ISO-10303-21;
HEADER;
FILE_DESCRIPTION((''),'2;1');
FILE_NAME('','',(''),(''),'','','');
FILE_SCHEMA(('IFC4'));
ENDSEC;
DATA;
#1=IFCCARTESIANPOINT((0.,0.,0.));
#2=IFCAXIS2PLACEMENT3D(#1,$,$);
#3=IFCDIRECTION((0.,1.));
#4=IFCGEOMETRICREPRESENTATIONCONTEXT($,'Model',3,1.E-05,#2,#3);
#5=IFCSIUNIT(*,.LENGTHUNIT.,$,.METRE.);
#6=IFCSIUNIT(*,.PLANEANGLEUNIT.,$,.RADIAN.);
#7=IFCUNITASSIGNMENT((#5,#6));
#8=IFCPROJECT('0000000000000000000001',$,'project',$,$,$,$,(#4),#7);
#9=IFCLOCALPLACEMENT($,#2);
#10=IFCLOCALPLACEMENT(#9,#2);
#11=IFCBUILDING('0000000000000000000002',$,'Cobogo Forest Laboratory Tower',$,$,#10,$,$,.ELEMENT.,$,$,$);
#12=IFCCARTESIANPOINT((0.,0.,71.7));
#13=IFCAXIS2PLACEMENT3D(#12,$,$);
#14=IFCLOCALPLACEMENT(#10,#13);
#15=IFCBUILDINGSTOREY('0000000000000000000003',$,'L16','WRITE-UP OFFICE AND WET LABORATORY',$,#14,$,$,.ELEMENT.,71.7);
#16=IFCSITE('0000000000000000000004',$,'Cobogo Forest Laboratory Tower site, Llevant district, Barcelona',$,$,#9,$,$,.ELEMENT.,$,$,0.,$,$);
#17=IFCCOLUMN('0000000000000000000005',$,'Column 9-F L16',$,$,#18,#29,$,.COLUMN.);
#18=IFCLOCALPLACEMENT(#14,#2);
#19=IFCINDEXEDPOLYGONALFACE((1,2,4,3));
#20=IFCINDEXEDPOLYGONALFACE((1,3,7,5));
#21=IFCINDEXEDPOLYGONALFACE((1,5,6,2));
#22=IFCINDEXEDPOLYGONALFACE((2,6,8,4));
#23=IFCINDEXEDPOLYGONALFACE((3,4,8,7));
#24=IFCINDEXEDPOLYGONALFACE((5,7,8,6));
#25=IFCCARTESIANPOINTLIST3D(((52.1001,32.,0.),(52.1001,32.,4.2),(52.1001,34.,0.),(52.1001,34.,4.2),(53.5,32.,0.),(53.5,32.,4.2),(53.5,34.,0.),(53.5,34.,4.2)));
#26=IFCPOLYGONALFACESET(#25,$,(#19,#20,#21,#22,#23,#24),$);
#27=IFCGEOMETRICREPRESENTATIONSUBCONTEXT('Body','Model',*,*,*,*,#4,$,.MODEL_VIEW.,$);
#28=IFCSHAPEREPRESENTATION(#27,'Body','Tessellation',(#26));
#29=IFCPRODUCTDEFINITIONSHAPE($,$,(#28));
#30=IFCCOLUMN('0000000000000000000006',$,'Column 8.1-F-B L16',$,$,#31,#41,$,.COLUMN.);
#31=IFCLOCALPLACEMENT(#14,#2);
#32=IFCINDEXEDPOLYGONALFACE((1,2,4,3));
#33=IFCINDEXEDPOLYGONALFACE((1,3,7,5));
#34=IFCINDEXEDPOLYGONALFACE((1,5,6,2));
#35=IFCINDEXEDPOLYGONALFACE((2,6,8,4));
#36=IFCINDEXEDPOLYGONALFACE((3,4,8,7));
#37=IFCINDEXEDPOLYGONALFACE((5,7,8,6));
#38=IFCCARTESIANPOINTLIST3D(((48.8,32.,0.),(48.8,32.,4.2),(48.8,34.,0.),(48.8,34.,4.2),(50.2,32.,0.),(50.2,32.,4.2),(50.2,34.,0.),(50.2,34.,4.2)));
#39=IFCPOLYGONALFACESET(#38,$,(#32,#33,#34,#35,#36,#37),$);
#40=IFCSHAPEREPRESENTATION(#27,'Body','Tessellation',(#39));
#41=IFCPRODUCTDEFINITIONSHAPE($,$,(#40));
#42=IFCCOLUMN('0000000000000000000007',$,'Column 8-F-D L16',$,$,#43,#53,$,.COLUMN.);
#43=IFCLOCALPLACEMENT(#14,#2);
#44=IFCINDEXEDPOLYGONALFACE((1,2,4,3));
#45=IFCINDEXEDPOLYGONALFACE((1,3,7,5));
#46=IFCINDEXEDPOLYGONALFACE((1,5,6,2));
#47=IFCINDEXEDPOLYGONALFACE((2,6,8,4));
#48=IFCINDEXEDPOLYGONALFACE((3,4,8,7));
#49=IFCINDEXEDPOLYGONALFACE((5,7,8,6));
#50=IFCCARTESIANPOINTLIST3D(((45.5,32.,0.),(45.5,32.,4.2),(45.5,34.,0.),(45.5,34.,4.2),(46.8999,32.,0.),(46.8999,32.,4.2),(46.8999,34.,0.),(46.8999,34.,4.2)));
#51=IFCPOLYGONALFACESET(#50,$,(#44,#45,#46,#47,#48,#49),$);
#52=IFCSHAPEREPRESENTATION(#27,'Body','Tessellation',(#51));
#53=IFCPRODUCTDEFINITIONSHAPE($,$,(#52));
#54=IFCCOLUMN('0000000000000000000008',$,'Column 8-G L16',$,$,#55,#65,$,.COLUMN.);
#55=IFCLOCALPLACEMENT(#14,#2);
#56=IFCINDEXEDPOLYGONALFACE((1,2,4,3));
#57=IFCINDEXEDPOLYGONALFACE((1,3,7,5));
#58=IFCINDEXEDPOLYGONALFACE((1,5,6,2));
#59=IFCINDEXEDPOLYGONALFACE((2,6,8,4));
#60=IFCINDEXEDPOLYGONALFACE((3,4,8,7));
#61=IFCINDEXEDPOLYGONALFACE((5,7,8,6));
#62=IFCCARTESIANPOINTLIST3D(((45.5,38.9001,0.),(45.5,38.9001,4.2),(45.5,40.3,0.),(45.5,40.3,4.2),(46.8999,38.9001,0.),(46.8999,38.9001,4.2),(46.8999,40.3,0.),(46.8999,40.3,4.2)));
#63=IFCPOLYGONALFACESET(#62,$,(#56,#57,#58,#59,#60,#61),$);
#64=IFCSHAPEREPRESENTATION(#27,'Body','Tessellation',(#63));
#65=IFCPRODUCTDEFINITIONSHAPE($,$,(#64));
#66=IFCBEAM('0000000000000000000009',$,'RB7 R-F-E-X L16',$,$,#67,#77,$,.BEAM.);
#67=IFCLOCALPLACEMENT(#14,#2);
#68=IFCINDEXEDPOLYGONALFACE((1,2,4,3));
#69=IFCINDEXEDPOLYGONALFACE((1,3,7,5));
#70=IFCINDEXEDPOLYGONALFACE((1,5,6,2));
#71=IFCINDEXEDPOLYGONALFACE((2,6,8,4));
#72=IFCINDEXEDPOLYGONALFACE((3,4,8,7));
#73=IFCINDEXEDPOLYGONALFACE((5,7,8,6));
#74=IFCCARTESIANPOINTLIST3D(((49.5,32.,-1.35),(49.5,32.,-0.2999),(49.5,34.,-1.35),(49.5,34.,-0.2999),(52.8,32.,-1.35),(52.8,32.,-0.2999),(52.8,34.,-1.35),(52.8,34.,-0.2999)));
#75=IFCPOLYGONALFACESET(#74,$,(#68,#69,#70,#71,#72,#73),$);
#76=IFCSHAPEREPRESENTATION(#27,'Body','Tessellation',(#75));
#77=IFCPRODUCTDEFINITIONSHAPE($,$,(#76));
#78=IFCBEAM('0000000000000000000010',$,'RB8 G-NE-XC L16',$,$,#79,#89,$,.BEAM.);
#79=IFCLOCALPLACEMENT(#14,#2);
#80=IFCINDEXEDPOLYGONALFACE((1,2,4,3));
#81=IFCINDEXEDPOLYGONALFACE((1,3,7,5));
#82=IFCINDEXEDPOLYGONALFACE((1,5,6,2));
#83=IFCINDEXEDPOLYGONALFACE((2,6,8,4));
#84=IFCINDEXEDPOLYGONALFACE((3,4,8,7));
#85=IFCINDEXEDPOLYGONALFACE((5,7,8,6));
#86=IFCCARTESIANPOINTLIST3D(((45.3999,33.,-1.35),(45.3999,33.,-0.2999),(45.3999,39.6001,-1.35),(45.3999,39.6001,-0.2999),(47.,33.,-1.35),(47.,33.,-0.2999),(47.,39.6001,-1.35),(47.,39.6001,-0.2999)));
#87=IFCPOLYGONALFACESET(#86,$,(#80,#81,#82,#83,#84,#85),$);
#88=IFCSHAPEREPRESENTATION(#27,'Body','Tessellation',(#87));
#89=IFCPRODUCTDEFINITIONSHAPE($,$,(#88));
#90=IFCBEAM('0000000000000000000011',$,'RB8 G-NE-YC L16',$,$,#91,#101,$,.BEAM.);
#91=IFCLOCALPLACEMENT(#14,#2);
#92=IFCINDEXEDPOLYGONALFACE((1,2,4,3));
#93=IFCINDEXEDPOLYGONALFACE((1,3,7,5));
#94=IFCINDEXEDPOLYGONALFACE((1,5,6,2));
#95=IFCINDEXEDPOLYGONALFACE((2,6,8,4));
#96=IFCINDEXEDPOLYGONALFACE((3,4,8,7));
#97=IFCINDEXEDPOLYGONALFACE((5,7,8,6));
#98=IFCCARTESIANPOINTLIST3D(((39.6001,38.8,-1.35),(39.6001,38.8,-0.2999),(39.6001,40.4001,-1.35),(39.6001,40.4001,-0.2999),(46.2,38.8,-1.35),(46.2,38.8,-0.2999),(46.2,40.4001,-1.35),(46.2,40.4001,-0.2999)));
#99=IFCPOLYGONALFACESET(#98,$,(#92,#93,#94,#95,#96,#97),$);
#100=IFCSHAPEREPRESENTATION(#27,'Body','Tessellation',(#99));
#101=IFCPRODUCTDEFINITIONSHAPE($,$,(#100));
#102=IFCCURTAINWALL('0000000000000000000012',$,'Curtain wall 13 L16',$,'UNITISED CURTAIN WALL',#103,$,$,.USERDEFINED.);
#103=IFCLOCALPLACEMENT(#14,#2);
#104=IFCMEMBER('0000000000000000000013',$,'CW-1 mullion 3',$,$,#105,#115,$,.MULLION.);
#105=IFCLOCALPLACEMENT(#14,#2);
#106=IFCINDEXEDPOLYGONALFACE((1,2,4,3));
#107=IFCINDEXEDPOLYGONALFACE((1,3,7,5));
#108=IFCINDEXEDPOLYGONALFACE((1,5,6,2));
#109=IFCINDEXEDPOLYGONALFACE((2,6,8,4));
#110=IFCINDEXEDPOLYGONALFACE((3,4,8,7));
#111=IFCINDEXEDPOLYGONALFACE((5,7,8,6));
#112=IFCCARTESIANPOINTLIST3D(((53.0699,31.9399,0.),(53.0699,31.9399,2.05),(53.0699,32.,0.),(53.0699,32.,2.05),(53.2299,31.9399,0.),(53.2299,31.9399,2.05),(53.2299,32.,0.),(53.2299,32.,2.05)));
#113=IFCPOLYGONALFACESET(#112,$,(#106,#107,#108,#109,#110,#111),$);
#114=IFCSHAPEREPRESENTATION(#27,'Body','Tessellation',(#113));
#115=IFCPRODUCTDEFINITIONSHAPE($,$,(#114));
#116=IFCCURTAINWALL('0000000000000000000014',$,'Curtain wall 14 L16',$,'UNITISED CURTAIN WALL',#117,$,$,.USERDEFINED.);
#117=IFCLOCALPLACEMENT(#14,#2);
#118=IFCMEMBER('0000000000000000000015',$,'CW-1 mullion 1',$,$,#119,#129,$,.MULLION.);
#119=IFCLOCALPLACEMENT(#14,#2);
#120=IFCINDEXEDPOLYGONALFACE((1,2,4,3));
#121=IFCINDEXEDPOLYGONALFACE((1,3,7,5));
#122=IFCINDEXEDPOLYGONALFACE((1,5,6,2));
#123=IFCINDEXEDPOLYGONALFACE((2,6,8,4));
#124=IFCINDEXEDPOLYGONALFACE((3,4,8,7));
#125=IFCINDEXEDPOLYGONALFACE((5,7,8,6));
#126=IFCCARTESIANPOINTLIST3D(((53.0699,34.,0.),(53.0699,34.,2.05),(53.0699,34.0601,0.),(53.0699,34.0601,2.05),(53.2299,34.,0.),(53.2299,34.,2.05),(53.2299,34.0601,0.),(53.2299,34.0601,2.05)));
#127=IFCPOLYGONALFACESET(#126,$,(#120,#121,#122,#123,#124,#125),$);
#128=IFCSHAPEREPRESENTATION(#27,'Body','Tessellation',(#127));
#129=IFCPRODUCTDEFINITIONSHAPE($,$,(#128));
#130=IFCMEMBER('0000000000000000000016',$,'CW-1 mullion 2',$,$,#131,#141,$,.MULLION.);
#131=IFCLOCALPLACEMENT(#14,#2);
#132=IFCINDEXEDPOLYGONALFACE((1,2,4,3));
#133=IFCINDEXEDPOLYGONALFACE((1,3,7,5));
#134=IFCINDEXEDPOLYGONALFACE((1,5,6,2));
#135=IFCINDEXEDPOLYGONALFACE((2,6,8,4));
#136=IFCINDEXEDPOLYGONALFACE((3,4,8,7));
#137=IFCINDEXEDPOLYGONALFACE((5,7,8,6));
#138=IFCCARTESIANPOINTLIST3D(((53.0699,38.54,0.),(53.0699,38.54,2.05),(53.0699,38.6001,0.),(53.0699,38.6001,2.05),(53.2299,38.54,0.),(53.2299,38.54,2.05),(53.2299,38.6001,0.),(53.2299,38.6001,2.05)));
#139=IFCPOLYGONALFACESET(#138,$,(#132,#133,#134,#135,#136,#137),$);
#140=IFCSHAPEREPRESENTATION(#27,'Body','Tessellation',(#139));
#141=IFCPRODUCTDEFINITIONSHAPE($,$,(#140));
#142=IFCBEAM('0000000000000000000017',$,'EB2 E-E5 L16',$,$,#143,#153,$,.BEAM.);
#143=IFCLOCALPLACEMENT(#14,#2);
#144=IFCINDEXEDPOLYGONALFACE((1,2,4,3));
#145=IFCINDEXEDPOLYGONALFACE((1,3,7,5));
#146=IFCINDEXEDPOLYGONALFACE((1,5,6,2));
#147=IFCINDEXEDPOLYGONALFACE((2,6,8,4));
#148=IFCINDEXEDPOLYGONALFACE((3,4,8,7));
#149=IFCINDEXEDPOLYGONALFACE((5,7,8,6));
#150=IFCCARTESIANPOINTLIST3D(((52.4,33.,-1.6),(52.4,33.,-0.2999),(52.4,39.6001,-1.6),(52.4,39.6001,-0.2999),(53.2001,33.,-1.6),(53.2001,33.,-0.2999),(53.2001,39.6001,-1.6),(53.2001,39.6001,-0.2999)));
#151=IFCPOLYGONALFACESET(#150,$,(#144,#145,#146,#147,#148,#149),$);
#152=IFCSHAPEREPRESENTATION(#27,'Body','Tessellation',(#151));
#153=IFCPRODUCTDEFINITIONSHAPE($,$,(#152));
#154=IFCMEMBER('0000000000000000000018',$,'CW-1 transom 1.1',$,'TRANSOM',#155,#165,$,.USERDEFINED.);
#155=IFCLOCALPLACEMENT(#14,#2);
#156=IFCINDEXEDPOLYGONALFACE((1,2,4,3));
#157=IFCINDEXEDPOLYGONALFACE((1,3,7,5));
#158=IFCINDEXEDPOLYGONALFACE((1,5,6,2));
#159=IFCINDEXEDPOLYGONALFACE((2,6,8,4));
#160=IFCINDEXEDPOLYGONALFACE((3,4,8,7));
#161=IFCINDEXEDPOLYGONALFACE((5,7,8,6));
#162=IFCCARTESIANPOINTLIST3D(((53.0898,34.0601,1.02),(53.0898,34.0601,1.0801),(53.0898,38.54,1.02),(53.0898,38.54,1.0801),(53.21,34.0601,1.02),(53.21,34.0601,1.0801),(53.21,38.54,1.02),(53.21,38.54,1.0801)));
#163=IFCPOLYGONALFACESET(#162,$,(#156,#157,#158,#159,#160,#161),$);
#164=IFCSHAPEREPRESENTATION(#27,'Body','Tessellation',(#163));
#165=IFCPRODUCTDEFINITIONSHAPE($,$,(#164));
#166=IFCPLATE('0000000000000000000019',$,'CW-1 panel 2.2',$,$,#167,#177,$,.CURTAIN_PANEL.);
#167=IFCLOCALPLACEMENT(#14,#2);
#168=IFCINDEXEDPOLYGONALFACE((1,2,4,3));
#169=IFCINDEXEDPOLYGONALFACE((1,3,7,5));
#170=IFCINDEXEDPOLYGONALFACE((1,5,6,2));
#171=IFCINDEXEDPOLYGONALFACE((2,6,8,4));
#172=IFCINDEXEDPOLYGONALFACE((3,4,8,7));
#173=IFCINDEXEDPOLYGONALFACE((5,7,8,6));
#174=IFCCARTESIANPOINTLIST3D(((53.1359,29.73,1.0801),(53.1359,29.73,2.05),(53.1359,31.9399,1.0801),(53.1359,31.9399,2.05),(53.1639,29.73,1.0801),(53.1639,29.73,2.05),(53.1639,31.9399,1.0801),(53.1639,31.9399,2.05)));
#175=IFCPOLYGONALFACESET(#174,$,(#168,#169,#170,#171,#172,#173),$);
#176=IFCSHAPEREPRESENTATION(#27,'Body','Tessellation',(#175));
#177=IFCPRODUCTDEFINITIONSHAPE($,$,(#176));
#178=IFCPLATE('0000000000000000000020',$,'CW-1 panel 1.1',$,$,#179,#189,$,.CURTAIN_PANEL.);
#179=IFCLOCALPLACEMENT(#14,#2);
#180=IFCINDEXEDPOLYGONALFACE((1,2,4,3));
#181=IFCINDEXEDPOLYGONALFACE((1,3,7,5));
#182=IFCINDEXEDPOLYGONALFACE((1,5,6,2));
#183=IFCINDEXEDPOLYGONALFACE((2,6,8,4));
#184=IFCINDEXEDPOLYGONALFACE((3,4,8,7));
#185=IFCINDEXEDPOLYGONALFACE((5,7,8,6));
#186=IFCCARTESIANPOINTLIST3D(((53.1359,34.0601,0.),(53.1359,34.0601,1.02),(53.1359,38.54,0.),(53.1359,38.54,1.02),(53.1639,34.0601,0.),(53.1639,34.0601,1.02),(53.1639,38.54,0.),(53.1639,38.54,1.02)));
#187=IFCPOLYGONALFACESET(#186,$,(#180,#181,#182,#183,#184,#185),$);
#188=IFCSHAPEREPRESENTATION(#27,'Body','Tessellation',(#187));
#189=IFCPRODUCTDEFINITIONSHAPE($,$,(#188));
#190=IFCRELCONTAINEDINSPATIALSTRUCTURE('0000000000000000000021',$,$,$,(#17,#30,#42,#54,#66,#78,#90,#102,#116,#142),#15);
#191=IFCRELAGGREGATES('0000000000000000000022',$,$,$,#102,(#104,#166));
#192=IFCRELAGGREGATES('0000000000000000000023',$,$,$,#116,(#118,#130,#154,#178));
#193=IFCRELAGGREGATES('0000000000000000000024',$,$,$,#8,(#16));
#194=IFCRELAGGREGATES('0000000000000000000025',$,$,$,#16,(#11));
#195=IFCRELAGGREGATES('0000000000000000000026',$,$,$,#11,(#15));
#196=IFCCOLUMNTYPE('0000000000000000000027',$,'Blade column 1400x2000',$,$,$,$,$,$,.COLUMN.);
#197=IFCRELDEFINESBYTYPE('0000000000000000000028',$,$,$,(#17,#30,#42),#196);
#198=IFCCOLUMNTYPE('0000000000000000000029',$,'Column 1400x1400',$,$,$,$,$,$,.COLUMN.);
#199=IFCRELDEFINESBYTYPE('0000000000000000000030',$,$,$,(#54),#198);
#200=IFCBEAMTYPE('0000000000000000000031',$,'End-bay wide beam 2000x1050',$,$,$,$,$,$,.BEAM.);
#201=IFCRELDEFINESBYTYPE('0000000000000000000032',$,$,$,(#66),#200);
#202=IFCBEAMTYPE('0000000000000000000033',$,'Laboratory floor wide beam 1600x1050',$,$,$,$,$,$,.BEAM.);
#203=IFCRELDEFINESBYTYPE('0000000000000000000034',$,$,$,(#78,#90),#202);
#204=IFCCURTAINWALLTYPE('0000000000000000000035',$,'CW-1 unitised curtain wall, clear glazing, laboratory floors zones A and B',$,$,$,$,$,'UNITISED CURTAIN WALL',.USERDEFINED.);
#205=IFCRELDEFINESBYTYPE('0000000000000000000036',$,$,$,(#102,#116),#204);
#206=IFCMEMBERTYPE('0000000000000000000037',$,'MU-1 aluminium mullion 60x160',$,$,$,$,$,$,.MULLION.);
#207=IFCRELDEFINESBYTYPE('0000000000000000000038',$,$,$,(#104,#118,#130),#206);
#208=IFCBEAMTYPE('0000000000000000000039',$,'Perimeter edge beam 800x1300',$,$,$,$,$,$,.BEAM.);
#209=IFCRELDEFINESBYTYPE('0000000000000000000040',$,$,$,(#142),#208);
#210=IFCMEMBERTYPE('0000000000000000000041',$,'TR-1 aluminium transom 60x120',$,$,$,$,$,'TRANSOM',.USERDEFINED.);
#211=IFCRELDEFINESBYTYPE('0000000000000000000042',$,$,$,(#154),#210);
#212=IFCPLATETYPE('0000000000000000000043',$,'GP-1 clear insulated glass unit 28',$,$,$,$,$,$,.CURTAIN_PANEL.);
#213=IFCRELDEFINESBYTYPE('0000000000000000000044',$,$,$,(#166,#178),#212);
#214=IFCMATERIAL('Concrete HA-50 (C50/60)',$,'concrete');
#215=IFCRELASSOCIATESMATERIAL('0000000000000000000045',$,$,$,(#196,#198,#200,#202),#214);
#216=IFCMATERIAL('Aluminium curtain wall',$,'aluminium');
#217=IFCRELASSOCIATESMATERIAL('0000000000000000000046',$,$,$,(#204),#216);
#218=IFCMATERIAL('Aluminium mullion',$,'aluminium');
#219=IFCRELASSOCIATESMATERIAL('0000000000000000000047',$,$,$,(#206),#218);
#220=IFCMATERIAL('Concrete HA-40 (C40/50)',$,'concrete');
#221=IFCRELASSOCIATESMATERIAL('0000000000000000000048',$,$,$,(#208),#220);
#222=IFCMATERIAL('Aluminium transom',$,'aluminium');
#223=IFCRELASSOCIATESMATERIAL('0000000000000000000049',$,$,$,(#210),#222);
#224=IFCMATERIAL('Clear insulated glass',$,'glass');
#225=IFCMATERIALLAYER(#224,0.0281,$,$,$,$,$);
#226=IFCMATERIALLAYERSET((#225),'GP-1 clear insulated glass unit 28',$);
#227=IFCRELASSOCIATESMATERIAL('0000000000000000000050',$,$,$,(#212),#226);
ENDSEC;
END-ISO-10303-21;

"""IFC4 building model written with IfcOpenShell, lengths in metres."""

from ifc_helpers import new_model, si_unit, direction, frame, origin, origin_2d, place, context, subcontext, project, spatial, rectangle, extrude, material, layer, layer_set, material_profile, profile_set, type_object, element, aggregate, save


model = new_model("IFC4")

# Units and contexts
model_context = context("Model", 3, precision=1e-05, world=origin(), true_north=direction((0.0, 1.0)))
body_context = subcontext(model_context, "Body", "Model", "MODEL_VIEW")
ifc_project = project(units=[si_unit("LENGTHUNIT", "METRE"), si_unit("PLANEANGLEUNIT", "RADIAN")], contexts=[model_context])

# Site, building, storey
site_placement = place(None, origin())
site = spatial("IfcSite", under=ifc_project, at=site_placement, Name="Cobogo Forest Laboratory Tower site, Llevant district, Barcelona", CompositionType="ELEMENT", RefElevation=0.0)
building_placement = place(site_placement, origin())
building = spatial("IfcBuilding", under=site, at=building_placement, Name="Cobogo Forest Laboratory Tower", CompositionType="ELEMENT")
storey_placement = place(building_placement, frame((0.0, 0.0, 71.7)))
storey = spatial("IfcBuildingStorey", under=building, at=storey_placement, Name="L16", Description="WRITE-UP OFFICE AND WET LABORATORY", CompositionType="ELEMENT", Elevation=71.7)

# Columns
ifc_material_1 = material(Name="Concrete HA-50 (C50/60)", Category="concrete")
ifc_material_profile_1 = material_profile(ifc_material_1, rectangle(XDim=2.0, YDim=1.3999, at=origin_2d()), Name="RC 1400x2000")
ifc_profile_set_1 = profile_set([ifc_material_profile_1], Name="Concrete HA-50 (C50/60)")
column_type_1 = type_object("IfcColumnType", Name="Blade column 1400x2000", PredefinedType="COLUMN", material=ifc_profile_set_1)
for number, where, z_axis, x_axis, name in (
    (1, (52.8, 33.0, 0.0), (0.0, 0.0, 1.0), (0.0, 1.0, 0.0), "Column 9-F L16"),
    (2, (49.5, 33.0, 0.0), (0.0, 0.0, 1.0), (0.0, 1.0, 0.0), "Column 8.1-F-B L16"),
    (3, (46.2, 33.0, 0.0), (0.0, 0.0, 1.0), (0.0, 1.0, 0.0), "Column 8-F-D L16"),
):
    element("IfcColumn", number, at=place(storey_placement, frame(where, z_axis=z_axis, x_axis=x_axis)), inside=storey, type_object=column_type_1, Name=name, PredefinedType="COLUMN", context=body_context, shape_type="SweptSolid", body=[
        extrude(rectangle(XDim=2.0, YDim=1.3999, at=origin_2d()), origin(), (0.0, 0.0, 1.0), 4.2),
    ])
ifc_material_profile_2 = material_profile(ifc_material_1, rectangle(XDim=1.3999, YDim=1.3999, at=origin_2d()), Name="RC 1400x1400")
ifc_profile_set_2 = profile_set([ifc_material_profile_2], Name="Concrete HA-50 (C50/60)")
column_type_2 = type_object("IfcColumnType", Name="Column 1400x1400", PredefinedType="COLUMN", material=ifc_profile_set_2)
column_placement = place(storey_placement, frame((46.2, 39.6001, 0.0), z_axis=(0.0, 0.0, 1.0), x_axis=(1.0, 0.0, 0.0)))
element("IfcColumn", 4, at=column_placement, inside=storey, type_object=column_type_2, Name="Column 8-G L16", PredefinedType="COLUMN", context=body_context, shape_type="SweptSolid", body=[
    extrude(rectangle(XDim=1.3999, YDim=1.3999, at=origin_2d()), origin(), (0.0, 0.0, 1.0), 4.2),
])

# Beams
ifc_material_profile_3 = material_profile(ifc_material_1, rectangle(XDim=2.0, YDim=1.05, at=origin_2d()), Name="RC 2000x1050")
ifc_profile_set_3 = profile_set([ifc_material_profile_3], Name="Concrete HA-50 (C50/60)")
beam_type_1 = type_object("IfcBeamType", Name="End-bay wide beam 2000x1050", PredefinedType="BEAM", material=ifc_profile_set_3)
beam_1_placement = place(storey_placement, frame((52.8, 33.0, -0.825), z_axis=(-1.0, 0.0, 0.0), x_axis=(0.0, -1.0, 0.0)))
element("IfcBeam", 5, at=beam_1_placement, inside=storey, type_object=beam_type_1, Name="RB7 R-F-E-X L16", PredefinedType="BEAM", context=body_context, shape_type="SweptSolid", body=[
    extrude(rectangle(XDim=2.0, YDim=1.05, at=origin_2d()), origin(), (0.0, 0.0, 1.0), 3.3),
])
ifc_material_profile_4 = material_profile(ifc_material_1, rectangle(XDim=1.6001, YDim=1.05, at=origin_2d()), Name="RC 1600x1050")
ifc_profile_set_4 = profile_set([ifc_material_profile_4], Name="Concrete HA-50 (C50/60)")
beam_type_2 = type_object("IfcBeamType", Name="Laboratory floor wide beam 1600x1050", PredefinedType="BEAM", material=ifc_profile_set_4)
beam_2_placement = place(storey_placement, frame((46.2, 39.6001, -0.825), z_axis=(0.0, -1.0, 0.0), x_axis=(1.0, 0.0, 0.0)))
element("IfcBeam", 6, at=beam_2_placement, inside=storey, type_object=beam_type_2, Name="RB8 G-NE-XC L16", PredefinedType="BEAM", context=body_context, shape_type="SweptSolid", body=[
    extrude(rectangle(XDim=1.6001, YDim=1.05, at=origin_2d()), origin(), (0.0, 0.0, 1.0), 6.6001),
])
beam_3_placement = place(storey_placement, frame((46.2, 39.6001, -0.825), z_axis=(-1.0, 0.0, 0.0), x_axis=(0.0, -1.0, 0.0)))
element("IfcBeam", 7, at=beam_3_placement, inside=storey, type_object=beam_type_2, Name="RB8 G-NE-YC L16", PredefinedType="BEAM", context=body_context, shape_type="SweptSolid", body=[
    extrude(rectangle(XDim=1.6001, YDim=1.05, at=origin_2d()), origin(), (0.0, 0.0, 1.0), 6.5999),
])

# Curtain wall, member
ifc_material_2 = material(Name="Aluminium curtain wall", Category="aluminium")
curtain_wall_type = type_object("IfcCurtainWallType", Name="CW-1 unitised curtain wall, clear glazing, laboratory floors zones A and B", ElementType="UNITISED CURTAIN WALL", PredefinedType="USERDEFINED", material=ifc_material_2)
curtain_wall_1_placement = place(storey_placement, origin())
curtain_wall_1 = element("IfcCurtainWall", 8, at=curtain_wall_1_placement, inside=storey, type_object=curtain_wall_type, Name="Curtain wall 13 L16", ObjectType="UNITISED CURTAIN WALL", PredefinedType="USERDEFINED")
ifc_material_3 = material(Name="Aluminium mullion", Category="aluminium")
ifc_material_profile_5 = material_profile(ifc_material_3, rectangle(XDim=0.0601, YDim=0.1599, at=origin_2d()), Name="AL 60x160")
ifc_profile_set_5 = profile_set([ifc_material_profile_5], Name="Aluminium mullion")
member_type_1 = type_object("IfcMemberType", Name="MU-1 aluminium mullion 60x160", PredefinedType="MULLION", material=ifc_profile_set_5)
member_1_placement = place(storey_placement, frame((53.1499, 31.97, 0.0), z_axis=(0.0, 0.0, 1.0), x_axis=(0.0, 1.0, 0.0)))
member_1 = element("IfcMember", 9, at=member_1_placement, type_object=member_type_1, Name="CW-1 mullion 3", PredefinedType="MULLION", context=body_context, shape_type="SweptSolid", body=[
    extrude(rectangle(XDim=0.0601, YDim=0.1599, at=origin_2d()), origin(), (0.0, 0.0, 1.0), 2.05),
])

# Curtain wall, members
curtain_wall_2_placement = place(storey_placement, origin())
curtain_wall_2 = element("IfcCurtainWall", 10, at=curtain_wall_2_placement, inside=storey, type_object=curtain_wall_type, Name="Curtain wall 14 L16", ObjectType="UNITISED CURTAIN WALL", PredefinedType="USERDEFINED")
member_2_placement = place(storey_placement, frame((53.1499, 34.03, 0.0), z_axis=(0.0, 0.0, 1.0), x_axis=(0.0, 1.0, 0.0)))
member_2 = element("IfcMember", 11, at=member_2_placement, type_object=member_type_1, Name="CW-1 mullion 1", PredefinedType="MULLION", context=body_context, shape_type="SweptSolid", body=[
    extrude(rectangle(XDim=0.0601, YDim=0.1599, at=origin_2d()), origin(), (0.0, 0.0, 1.0), 2.05),
])
member_3_placement = place(storey_placement, frame((53.1499, 38.5701, 0.0), z_axis=(0.0, 0.0, 1.0), x_axis=(0.0, 1.0, 0.0)))
member_3 = element("IfcMember", 12, at=member_3_placement, type_object=member_type_1, Name="CW-1 mullion 2", PredefinedType="MULLION", context=body_context, shape_type="SweptSolid", body=[
    extrude(rectangle(XDim=0.0601, YDim=0.1599, at=origin_2d()), origin(), (0.0, 0.0, 1.0), 2.05),
])

# Beam
ifc_material_4 = material(Name="Concrete HA-40 (C40/50)", Category="concrete")
ifc_material_profile_6 = material_profile(ifc_material_4, rectangle(XDim=0.8, YDim=1.3, at=origin_2d()), Name="RC 800x1300")
ifc_profile_set_6 = profile_set([ifc_material_profile_6], Name="Concrete HA-40 (C40/50)")
beam_type_3 = type_object("IfcBeamType", Name="Perimeter edge beam 800x1300", PredefinedType="BEAM", material=ifc_profile_set_6)
beam_4_placement = place(storey_placement, frame((52.8, 33.0, -0.95), z_axis=(0.0, 1.0, 0.0), x_axis=(-1.0, 0.0, 0.0)))
element("IfcBeam", 13, at=beam_4_placement, inside=storey, type_object=beam_type_3, Name="EB2 E-E5 L16", PredefinedType="BEAM", context=body_context, shape_type="SweptSolid", body=[
    extrude(rectangle(XDim=0.8, YDim=1.3, at=origin_2d()), origin(), (0.0, 0.0, 1.0), 6.6001),
])

# Member
ifc_material_5 = material(Name="Aluminium transom", Category="aluminium")
ifc_material_profile_7 = material_profile(ifc_material_5, rectangle(XDim=0.1201, YDim=0.0601, at=origin_2d()), Name="AL 60x120")
ifc_profile_set_7 = profile_set([ifc_material_profile_7], Name="Aluminium transom")
member_type_2 = type_object("IfcMemberType", Name="TR-1 aluminium transom 60x120", ElementType="TRANSOM", PredefinedType="USERDEFINED", material=ifc_profile_set_7)
member_4_placement = place(storey_placement, frame((53.1499, 34.0601, 1.05), z_axis=(0.0, 1.0, 0.0), x_axis=(-1.0, 0.0, 0.0)))
member_4 = element("IfcMember", 14, at=member_4_placement, type_object=member_type_2, Name="CW-1 transom 1.1", ObjectType="TRANSOM", PredefinedType="USERDEFINED", context=body_context, shape_type="SweptSolid", body=[
    extrude(rectangle(XDim=0.1201, YDim=0.0601, at=origin_2d()), origin(), (0.0, 0.0, 1.0), 4.48),
])

# Plates
ifc_material_6 = material(Name="Clear insulated glass", Category="glass")
ifc_layer_1 = layer(ifc_material_6, 0.0281)
ifc_layer_set_1 = layer_set([ifc_layer_1], Name="GP-1 clear insulated glass unit 28")
plate_type_1 = type_object("IfcPlateType", Name="GP-1 clear insulated glass unit 28", PredefinedType="CURTAIN_PANEL", material=ifc_layer_set_1)
plate_1_placement = place(storey_placement, frame((53.1499, 30.835, 1.0801), z_axis=(0.0, 0.0, 1.0), x_axis=(0.0, 1.0, 0.0)))
plate_1 = element("IfcPlate", 15, at=plate_1_placement, type_object=plate_type_1, Name="CW-1 panel 2.2", PredefinedType="CURTAIN_PANEL", context=body_context, shape_type="SweptSolid", body=[
    extrude(rectangle(XDim=2.21, YDim=0.0281, at=origin_2d()), origin(), (0.0, 0.0, 1.0), 0.97),
])
aggregate(curtain_wall_1, [member_1, plate_1])
plate_2_placement = place(storey_placement, frame((53.1499, 36.3, 0.0), z_axis=(0.0, 0.0, 1.0), x_axis=(0.0, 1.0, 0.0)))
plate_2 = element("IfcPlate", 16, at=plate_2_placement, type_object=plate_type_1, Name="CW-1 panel 1.1", PredefinedType="CURTAIN_PANEL", context=body_context, shape_type="SweptSolid", body=[
    extrude(rectangle(XDim=4.48, YDim=0.0281, at=origin_2d()), origin(), (0.0, 0.0, 1.0), 1.02),
])
aggregate(curtain_wall_2, [member_2, member_3, member_4, plate_2])

save(model, "model.ifc")
